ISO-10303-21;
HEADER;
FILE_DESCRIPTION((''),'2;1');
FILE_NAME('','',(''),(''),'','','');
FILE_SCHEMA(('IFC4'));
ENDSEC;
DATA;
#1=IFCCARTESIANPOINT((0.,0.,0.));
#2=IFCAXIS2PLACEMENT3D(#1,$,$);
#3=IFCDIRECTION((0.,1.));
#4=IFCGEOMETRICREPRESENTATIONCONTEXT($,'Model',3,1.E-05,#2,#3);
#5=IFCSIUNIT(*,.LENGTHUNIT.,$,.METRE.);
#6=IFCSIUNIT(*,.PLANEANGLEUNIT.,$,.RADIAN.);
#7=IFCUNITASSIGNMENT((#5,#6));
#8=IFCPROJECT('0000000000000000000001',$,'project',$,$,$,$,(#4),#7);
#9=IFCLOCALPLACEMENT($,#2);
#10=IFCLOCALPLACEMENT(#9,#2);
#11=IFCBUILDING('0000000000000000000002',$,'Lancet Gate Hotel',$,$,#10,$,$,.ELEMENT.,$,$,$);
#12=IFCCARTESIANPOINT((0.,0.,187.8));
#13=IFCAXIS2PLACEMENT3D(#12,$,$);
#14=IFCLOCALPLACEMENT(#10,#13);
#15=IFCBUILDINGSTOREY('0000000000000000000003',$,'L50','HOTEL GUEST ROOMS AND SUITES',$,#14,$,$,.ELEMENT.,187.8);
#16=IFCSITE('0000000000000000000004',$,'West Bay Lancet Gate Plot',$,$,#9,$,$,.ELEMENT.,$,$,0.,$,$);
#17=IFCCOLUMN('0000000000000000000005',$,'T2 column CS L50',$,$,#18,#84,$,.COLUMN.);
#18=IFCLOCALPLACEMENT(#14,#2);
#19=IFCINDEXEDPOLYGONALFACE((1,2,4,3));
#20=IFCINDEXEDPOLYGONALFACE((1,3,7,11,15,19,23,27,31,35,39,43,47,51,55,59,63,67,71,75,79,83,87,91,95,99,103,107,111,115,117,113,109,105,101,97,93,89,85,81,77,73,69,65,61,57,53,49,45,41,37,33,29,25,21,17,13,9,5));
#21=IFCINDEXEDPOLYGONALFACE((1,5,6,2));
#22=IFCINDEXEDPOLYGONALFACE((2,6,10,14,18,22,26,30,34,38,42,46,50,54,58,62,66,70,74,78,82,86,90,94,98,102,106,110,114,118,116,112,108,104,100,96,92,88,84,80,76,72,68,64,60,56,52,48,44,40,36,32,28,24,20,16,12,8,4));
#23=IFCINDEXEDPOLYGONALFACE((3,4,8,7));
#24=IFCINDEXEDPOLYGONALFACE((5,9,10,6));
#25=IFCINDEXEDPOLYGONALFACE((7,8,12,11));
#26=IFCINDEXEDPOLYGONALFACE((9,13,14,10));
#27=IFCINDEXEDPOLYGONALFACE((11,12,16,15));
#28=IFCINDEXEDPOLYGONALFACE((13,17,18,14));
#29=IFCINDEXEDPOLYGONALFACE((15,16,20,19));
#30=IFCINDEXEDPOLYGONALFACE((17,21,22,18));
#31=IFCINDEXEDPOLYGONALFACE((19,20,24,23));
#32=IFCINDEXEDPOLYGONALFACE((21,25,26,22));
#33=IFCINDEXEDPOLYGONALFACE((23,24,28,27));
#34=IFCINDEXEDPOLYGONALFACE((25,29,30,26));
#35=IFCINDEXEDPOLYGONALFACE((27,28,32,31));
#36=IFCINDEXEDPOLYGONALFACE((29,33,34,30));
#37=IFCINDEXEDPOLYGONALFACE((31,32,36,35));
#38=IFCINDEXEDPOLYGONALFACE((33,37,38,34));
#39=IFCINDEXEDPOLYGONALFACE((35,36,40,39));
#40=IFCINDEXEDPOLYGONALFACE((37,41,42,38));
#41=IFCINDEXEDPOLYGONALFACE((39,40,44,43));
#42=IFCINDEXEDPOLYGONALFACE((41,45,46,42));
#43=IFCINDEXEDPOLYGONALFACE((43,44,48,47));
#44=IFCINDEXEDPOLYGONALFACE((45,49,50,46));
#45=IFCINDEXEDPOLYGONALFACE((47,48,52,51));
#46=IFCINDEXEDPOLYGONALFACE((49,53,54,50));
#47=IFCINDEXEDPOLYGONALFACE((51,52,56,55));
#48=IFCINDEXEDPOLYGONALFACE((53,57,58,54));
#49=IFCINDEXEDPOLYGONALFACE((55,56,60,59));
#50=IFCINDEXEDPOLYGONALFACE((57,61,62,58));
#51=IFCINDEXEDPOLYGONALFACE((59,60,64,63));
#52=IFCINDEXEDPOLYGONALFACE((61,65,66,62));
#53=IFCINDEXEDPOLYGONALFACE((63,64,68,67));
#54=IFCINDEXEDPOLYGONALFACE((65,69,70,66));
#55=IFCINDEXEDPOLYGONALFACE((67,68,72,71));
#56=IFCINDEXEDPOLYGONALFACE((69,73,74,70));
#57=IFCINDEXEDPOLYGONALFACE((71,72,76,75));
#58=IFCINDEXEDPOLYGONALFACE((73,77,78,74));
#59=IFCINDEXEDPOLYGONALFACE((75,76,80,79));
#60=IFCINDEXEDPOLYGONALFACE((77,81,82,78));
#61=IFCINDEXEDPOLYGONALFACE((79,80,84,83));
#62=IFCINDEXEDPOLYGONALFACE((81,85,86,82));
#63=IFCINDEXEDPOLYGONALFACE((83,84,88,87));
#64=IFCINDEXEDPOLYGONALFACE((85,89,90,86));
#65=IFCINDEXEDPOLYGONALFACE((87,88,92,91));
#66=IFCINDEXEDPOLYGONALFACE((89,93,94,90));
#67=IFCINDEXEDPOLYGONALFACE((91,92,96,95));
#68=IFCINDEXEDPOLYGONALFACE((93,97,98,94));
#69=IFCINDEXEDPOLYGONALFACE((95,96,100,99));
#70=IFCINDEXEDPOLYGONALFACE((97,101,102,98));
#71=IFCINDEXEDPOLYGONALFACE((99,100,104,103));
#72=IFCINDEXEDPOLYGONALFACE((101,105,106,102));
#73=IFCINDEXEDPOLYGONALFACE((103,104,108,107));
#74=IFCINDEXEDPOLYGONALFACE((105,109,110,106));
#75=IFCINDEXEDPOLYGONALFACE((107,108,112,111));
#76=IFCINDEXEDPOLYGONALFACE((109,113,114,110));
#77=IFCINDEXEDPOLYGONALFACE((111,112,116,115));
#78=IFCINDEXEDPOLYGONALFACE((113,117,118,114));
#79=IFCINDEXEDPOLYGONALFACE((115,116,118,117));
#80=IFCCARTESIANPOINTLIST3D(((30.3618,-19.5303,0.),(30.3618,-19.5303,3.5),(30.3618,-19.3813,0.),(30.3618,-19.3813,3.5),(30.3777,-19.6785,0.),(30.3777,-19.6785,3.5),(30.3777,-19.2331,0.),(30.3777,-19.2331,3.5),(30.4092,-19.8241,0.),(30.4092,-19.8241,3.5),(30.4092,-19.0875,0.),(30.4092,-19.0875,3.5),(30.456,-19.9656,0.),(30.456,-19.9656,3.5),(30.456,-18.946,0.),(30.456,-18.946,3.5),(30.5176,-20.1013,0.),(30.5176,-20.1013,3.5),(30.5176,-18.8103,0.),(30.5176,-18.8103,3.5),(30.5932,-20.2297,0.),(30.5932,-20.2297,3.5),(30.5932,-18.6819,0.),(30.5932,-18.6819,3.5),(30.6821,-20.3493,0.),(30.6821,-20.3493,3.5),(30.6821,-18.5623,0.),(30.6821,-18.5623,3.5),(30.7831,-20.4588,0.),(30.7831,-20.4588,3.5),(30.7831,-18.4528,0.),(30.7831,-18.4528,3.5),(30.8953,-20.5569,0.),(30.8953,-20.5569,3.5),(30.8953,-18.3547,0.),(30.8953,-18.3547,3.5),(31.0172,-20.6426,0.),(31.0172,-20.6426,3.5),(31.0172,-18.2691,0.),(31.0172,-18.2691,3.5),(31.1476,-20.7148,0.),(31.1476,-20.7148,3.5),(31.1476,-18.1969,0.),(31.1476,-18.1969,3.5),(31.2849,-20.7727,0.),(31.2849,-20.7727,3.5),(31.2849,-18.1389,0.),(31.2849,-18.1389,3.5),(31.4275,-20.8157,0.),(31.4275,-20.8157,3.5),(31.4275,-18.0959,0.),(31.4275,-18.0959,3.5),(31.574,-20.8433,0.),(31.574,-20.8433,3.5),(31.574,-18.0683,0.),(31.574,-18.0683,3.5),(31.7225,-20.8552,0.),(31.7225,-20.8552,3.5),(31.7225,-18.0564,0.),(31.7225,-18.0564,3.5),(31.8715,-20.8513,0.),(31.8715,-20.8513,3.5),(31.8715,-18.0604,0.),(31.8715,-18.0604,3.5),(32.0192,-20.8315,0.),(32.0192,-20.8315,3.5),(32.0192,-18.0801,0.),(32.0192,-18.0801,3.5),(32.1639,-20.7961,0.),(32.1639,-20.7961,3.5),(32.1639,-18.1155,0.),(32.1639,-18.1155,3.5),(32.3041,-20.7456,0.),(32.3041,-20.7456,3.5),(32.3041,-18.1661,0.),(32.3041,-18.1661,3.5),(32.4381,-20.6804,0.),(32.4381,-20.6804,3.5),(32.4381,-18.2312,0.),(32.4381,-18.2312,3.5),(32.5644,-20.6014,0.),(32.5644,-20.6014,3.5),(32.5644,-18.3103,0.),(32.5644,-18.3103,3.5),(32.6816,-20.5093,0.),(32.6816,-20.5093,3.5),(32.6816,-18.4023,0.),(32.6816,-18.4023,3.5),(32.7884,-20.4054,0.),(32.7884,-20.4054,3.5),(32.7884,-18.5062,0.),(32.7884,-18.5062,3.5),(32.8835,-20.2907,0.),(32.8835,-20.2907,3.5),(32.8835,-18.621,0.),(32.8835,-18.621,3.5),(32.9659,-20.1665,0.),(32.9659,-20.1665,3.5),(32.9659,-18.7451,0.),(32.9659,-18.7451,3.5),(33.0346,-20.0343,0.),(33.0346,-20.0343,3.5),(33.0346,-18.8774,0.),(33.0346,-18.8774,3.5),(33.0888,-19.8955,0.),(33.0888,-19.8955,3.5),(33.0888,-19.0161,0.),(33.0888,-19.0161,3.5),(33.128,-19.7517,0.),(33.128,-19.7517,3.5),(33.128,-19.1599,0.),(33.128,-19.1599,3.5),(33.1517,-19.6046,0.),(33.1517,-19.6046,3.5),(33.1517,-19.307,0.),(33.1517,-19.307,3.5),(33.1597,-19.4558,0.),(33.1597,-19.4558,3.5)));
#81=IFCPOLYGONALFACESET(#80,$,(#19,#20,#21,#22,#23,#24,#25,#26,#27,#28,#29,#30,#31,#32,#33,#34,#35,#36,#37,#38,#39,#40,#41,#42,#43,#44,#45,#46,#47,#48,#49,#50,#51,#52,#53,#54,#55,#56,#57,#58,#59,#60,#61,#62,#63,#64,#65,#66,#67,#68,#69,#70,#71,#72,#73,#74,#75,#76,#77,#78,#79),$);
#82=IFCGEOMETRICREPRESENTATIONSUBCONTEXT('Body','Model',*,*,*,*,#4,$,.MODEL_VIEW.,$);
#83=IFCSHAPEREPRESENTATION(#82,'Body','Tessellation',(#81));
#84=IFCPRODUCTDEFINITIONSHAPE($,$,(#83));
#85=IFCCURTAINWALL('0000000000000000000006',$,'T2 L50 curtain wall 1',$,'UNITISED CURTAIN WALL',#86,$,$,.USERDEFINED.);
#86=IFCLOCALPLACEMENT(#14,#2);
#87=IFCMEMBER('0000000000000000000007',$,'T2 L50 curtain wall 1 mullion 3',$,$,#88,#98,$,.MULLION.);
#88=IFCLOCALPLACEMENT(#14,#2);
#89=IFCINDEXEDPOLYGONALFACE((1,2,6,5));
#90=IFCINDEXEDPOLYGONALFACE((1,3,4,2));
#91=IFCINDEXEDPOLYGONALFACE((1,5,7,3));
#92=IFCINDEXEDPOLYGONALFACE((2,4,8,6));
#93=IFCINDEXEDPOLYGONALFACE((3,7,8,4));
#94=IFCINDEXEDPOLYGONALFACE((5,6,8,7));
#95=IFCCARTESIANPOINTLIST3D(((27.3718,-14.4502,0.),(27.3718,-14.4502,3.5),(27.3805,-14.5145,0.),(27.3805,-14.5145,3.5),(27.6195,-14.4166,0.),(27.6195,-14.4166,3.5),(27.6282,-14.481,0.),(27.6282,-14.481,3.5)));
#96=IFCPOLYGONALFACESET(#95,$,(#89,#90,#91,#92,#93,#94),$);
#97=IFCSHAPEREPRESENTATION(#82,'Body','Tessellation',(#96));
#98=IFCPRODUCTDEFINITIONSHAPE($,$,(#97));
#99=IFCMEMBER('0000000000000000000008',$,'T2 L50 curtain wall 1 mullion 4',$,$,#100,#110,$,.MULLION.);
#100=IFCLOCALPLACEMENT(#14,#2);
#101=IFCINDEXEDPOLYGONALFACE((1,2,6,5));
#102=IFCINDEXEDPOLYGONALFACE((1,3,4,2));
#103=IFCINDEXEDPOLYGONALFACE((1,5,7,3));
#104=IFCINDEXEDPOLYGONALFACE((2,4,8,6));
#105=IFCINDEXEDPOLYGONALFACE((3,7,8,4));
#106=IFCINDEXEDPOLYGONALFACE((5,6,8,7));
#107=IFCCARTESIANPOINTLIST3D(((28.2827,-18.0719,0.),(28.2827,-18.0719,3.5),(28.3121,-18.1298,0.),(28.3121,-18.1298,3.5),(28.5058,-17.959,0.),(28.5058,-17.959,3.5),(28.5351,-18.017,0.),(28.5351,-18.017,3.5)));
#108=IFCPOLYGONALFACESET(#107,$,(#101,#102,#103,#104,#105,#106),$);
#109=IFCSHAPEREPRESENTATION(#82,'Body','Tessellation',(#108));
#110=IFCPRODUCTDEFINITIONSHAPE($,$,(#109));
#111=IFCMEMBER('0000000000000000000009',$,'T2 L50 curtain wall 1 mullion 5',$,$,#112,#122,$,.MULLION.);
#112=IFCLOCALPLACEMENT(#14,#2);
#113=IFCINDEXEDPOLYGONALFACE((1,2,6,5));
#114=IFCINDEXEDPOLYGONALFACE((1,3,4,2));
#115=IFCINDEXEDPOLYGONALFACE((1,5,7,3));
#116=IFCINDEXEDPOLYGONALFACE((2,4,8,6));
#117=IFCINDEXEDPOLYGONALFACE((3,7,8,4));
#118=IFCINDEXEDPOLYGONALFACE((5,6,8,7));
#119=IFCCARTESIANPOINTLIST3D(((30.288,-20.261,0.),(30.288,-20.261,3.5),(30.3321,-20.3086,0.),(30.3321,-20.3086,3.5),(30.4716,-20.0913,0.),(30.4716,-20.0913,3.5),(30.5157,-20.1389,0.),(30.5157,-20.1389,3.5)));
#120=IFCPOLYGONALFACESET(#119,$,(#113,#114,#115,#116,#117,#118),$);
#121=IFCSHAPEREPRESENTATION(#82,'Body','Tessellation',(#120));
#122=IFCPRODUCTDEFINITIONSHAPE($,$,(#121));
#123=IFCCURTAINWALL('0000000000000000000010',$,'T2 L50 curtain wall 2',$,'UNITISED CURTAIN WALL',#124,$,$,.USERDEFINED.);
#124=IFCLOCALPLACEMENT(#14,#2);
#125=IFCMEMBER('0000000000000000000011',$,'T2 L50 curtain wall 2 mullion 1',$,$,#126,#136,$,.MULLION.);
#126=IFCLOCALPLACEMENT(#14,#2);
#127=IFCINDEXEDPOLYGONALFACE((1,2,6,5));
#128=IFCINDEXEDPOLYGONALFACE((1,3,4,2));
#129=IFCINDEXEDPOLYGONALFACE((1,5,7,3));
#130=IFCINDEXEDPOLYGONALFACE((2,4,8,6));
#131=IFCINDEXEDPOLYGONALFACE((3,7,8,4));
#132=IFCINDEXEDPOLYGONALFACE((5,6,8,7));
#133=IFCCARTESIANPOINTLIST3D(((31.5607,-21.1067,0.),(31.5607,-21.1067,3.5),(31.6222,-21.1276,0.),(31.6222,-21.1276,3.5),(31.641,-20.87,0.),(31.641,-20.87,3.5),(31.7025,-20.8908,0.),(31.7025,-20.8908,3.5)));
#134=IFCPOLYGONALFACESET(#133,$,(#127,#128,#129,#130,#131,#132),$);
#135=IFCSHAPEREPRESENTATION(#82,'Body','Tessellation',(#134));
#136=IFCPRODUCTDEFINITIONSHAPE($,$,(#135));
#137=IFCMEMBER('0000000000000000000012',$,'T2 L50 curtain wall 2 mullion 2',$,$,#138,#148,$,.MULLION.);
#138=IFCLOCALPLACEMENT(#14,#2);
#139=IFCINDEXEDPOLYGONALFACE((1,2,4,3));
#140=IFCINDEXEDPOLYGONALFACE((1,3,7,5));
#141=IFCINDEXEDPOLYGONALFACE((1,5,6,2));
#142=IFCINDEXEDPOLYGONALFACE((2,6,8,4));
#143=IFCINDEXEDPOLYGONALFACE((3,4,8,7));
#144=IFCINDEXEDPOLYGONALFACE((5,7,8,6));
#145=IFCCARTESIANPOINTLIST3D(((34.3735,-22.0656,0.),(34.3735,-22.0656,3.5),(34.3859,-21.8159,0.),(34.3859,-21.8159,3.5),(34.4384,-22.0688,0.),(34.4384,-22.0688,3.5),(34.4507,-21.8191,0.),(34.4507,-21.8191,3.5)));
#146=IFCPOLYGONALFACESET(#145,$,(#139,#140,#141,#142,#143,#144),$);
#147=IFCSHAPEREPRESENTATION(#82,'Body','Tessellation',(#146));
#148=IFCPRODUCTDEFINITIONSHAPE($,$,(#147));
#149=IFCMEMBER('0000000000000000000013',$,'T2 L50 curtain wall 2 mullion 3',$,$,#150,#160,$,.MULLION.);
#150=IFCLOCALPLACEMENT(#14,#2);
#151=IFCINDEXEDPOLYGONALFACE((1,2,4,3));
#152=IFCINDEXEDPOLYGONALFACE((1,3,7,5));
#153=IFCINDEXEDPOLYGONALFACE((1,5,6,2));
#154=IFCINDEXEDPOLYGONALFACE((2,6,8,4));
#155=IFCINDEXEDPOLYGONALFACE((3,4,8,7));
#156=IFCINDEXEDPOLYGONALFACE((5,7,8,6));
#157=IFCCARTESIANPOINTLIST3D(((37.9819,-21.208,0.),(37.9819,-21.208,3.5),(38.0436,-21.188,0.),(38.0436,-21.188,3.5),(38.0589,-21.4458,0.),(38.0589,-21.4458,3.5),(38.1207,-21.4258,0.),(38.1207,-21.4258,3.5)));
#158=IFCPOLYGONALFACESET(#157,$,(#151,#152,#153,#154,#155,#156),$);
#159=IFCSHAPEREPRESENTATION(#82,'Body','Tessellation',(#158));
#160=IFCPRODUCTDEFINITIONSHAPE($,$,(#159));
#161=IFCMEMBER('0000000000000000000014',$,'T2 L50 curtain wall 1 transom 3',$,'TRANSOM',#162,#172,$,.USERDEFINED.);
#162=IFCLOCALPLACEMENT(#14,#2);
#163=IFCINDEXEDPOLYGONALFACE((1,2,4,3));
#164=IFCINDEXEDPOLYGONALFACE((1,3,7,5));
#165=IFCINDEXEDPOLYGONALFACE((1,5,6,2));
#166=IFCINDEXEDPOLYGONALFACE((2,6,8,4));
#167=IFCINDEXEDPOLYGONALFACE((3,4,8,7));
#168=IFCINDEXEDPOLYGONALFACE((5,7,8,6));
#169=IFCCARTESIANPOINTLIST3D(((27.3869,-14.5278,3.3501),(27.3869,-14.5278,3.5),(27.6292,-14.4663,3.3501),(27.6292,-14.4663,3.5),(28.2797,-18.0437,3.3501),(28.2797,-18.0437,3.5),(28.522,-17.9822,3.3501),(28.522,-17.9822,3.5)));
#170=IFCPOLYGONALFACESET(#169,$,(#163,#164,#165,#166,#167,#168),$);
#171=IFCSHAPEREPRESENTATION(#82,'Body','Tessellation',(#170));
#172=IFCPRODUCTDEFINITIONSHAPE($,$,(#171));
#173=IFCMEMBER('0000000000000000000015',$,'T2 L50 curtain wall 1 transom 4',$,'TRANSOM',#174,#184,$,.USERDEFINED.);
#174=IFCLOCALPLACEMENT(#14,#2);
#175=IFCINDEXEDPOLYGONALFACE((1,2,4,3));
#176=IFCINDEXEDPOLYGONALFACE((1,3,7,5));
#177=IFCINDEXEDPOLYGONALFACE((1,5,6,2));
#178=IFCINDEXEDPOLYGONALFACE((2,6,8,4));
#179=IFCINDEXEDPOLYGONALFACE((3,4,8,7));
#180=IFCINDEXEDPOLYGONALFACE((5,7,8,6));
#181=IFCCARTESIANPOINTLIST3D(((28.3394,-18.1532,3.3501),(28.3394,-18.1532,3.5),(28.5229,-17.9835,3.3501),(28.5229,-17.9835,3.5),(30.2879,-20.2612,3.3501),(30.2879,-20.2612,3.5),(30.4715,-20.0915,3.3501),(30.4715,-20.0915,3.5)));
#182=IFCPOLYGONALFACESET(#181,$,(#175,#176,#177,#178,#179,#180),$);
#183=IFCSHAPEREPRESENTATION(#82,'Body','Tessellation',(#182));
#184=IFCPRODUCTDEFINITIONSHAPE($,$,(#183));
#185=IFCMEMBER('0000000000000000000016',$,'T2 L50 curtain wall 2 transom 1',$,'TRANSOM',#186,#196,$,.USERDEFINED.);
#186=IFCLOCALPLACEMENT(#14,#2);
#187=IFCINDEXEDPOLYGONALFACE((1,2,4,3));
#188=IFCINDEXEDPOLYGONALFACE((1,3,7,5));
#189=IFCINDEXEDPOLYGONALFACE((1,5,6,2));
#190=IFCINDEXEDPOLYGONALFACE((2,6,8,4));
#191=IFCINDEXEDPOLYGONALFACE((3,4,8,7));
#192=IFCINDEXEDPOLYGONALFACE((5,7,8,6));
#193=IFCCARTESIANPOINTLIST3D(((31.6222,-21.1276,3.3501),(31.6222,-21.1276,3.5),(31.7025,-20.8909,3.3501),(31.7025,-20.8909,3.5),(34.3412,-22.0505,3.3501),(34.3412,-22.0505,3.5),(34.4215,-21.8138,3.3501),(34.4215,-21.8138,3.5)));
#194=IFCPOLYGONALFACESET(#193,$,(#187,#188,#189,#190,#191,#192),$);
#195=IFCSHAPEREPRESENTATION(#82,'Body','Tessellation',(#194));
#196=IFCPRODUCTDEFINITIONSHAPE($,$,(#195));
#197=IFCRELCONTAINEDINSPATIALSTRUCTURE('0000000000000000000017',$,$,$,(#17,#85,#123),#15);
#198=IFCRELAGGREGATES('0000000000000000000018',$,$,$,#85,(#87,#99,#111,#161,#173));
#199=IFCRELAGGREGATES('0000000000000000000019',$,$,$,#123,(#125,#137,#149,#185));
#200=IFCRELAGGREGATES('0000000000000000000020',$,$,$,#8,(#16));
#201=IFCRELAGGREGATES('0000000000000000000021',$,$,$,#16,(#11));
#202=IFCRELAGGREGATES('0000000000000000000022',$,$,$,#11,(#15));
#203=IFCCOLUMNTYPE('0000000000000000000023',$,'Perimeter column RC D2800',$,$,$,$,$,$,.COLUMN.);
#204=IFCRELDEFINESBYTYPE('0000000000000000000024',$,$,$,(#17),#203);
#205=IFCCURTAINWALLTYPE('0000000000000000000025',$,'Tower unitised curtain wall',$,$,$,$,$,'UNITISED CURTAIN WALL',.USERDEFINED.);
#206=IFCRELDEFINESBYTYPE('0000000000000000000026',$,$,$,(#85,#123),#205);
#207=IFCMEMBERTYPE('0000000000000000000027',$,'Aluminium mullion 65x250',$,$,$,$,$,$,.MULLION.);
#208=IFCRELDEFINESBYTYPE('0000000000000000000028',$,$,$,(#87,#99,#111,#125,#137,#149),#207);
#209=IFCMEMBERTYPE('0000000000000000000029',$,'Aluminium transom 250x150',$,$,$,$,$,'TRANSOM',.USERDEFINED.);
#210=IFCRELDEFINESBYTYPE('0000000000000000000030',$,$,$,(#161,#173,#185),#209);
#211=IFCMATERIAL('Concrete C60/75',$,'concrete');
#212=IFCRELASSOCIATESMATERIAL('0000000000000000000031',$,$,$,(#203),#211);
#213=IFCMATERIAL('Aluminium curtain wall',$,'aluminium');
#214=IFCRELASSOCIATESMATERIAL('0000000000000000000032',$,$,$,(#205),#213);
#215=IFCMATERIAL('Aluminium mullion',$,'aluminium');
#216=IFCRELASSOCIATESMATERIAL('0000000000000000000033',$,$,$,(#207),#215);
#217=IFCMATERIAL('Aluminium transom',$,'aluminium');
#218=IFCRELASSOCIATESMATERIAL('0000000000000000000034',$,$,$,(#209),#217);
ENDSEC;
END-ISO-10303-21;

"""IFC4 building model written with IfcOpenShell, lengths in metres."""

from ifc_helpers import new_model, si_unit, direction, frame, origin, origin_2d, place, context, subcontext, project, spatial, rectangle, circle, extrude, material, material_profile, profile_set, type_object, element, aggregate, save


model = new_model("IFC4")

# Units and contexts
model_context = context("Model", 3, precision=1e-05, world=origin(), true_north=direction((0.0, 1.0)))
body_context = subcontext(model_context, "Body", "Model", "MODEL_VIEW")
ifc_project = project(units=[si_unit("LENGTHUNIT", "METRE"), si_unit("PLANEANGLEUNIT", "RADIAN")], contexts=[model_context])

# Site, building, storey
site_placement = place(None, origin())
site = spatial("IfcSite", under=ifc_project, at=site_placement, Name="West Bay Lancet Gate Plot", CompositionType="ELEMENT", RefElevation=0.0)
building_placement = place(site_placement, origin())
building = spatial("IfcBuilding", under=site, at=building_placement, Name="Lancet Gate Hotel", CompositionType="ELEMENT")
storey_placement = place(building_placement, frame((0.0, 0.0, 187.8)))
storey = spatial("IfcBuildingStorey", under=building, at=storey_placement, Name="L50", Description="HOTEL GUEST ROOMS AND SUITES", CompositionType="ELEMENT", Elevation=187.8)

# Column
ifc_material_1 = material(Name="Concrete C60/75", Category="concrete")
ifc_material_profile_1 = material_profile(ifc_material_1, circle(Radius=1.3999, at=origin_2d()), Name="RC D2800")
ifc_profile_set_1 = profile_set([ifc_material_profile_1], Name="Concrete C60/75")
column_type = type_object("IfcColumnType", Name="Perimeter column RC D2800", PredefinedType="COLUMN", material=ifc_profile_set_1)
column_placement = place(storey_placement, frame((31.7598, -19.4558, 0.0), z_axis=(0.0, 0.0, 1.0), x_axis=(1.0, 0.0, 0.0)))
element("IfcColumn", 1, at=column_placement, inside=storey, type_object=column_type, Name="T2 column CS L50", PredefinedType="COLUMN", context=body_context, shape_type="SweptSolid", body=[
    extrude(circle(Radius=1.3999, at=origin_2d()), origin(), (0.0, 0.0, 1.0), 3.5),
])

# Curtain walls, members
ifc_material_2 = material(Name="Aluminium curtain wall", Category="aluminium")
curtain_wall_type = type_object("IfcCurtainWallType", Name="Tower unitised curtain wall", ElementType="UNITISED CURTAIN WALL", PredefinedType="USERDEFINED", material=ifc_material_2)
curtain_wall_1_placement = place(storey_placement, origin())
curtain_wall_1 = element("IfcCurtainWall", 2, at=curtain_wall_1_placement, inside=storey, type_object=curtain_wall_type, Name="T2 L50 curtain wall 1", ObjectType="UNITISED CURTAIN WALL", PredefinedType="USERDEFINED")
ifc_material_3 = material(Name="Aluminium mullion", Category="aluminium")
ifc_material_profile_2 = material_profile(ifc_material_3, rectangle(XDim=0.0649, YDim=0.25, at=origin_2d()), Name="MULLION 65x250")
ifc_profile_set_2 = profile_set([ifc_material_profile_2], Name="Aluminium mullion")
member_type_1 = type_object("IfcMemberType", Name="Aluminium mullion 65x250", PredefinedType="MULLION", material=ifc_profile_set_2)
member_1_placement = place(storey_placement, frame((27.5, -14.4656, 0.0), z_axis=(0.0, 0.0, 1.0), x_axis=(0.134207, -0.990953, 0.0)))
member_1 = element("IfcMember", 3, at=member_1_placement, type_object=member_type_1, Name="T2 L50 curtain wall 1 mullion 3", PredefinedType="MULLION", context=body_context, shape_type="SweptSolid", body=[
    extrude(rectangle(XDim=0.0649, YDim=0.25, at=origin_2d()), origin(), (0.0, 0.0, 1.0), 3.5),
])
member_2_placement = place(storey_placement, frame((28.4089, -18.0444, 0.0), z_axis=(0.0, 0.0, 1.0), x_axis=(0.451506, -0.892268, 0.0)))
member_2 = element("IfcMember", 4, at=member_2_placement, type_object=member_type_1, Name="T2 L50 curtain wall 1 mullion 4", PredefinedType="MULLION", context=body_context, shape_type="SweptSolid", body=[
    extrude(rectangle(XDim=0.0649, YDim=0.25, at=origin_2d()), origin(), (0.0, 0.0, 1.0), 3.5),
])
member_3_placement = place(storey_placement, frame((30.4019, -20.2, 0.0), z_axis=(0.0, 0.0, 1.0), x_axis=(0.678831, -0.734294, 0.0)))
member_3 = element("IfcMember", 5, at=member_3_placement, type_object=member_type_1, Name="T2 L50 curtain wall 1 mullion 5", PredefinedType="MULLION", context=body_context, shape_type="SweptSolid", body=[
    extrude(rectangle(XDim=0.0649, YDim=0.25, at=origin_2d()), origin(), (0.0, 0.0, 1.0), 3.5),
])
curtain_wall_2_placement = place(storey_placement, origin())
curtain_wall_2 = element("IfcCurtainWall", 6, at=curtain_wall_2_placement, inside=storey, type_object=curtain_wall_type, Name="T2 L50 curtain wall 2", ObjectType="UNITISED CURTAIN WALL", PredefinedType="USERDEFINED")
member_4_placement = place(storey_placement, frame((31.6316, -20.9988, 0.0), z_axis=(0.0, 0.0, 1.0), x_axis=(0.946952, -0.321374, 0.0)))
member_4 = element("IfcMember", 7, at=member_4_placement, type_object=member_type_1, Name="T2 L50 curtain wall 2 mullion 1", PredefinedType="MULLION", context=body_context, shape_type="SweptSolid", body=[
    extrude(rectangle(XDim=0.0649, YDim=0.25, at=origin_2d()), origin(), (0.0, 0.0, 1.0), 3.5),
])
member_5_placement = place(storey_placement, frame((34.4121, -21.9424, 0.0), z_axis=(0.0, 0.0, 1.0), x_axis=(0.998776, -0.049471, 0.0)))
member_5 = element("IfcMember", 8, at=member_5_placement, type_object=member_type_1, Name="T2 L50 curtain wall 2 mullion 2", PredefinedType="MULLION", context=body_context, shape_type="SweptSolid", body=[
    extrude(rectangle(XDim=0.0649, YDim=0.25, at=origin_2d()), origin(), (0.0, 0.0, 1.0), 3.5),
])
member_6_placement = place(storey_placement, frame((38.0513, -21.3169, 0.0), z_axis=(0.0, 0.0, 1.0), x_axis=(0.951355, 0.308095, 0.0)))
member_6 = element("IfcMember", 9, at=member_6_placement, type_object=member_type_1, Name="T2 L50 curtain wall 2 mullion 3", PredefinedType="MULLION", context=body_context, shape_type="SweptSolid", body=[
    extrude(rectangle(XDim=0.0649, YDim=0.25, at=origin_2d()), origin(), (0.0, 0.0, 1.0), 3.5),
])

# Members
ifc_material_4 = material(Name="Aluminium transom", Category="aluminium")
ifc_material_profile_3 = material_profile(ifc_material_4, rectangle(XDim=0.25, YDim=0.1499, at=origin_2d()), Name="TRANSOM 250x150")
ifc_profile_set_3 = profile_set([ifc_material_profile_3], Name="Aluminium transom")
member_type_2 = type_object("IfcMemberType", Name="Aluminium transom 250x150", ElementType="TRANSOM", PredefinedType="USERDEFINED", material=ifc_profile_set_3)
member_7_placement = place(storey_placement, frame((27.5081, -14.4971, 3.425), z_axis=(0.246129, -0.969237, 0.0), x_axis=(0.969237, 0.246129, 0.0)))
member_7 = element("IfcMember", 10, at=member_7_placement, type_object=member_type_2, Name="T2 L50 curtain wall 1 transom 3", ObjectType="TRANSOM", PredefinedType="USERDEFINED", context=body_context, shape_type="SweptSolid", body=[
    extrude(rectangle(XDim=0.25, YDim=0.1499, at=origin_2d()), origin(), (0.0, 0.0, 1.0), 3.6274),
])
member_8_placement = place(storey_placement, frame((28.4312, -18.0684, 3.425), z_axis=(0.678792, -0.73433, 0.0), x_axis=(0.73433, 0.678792, 0.0)))
member_8 = element("IfcMember", 11, at=member_8_placement, type_object=member_type_2, Name="T2 L50 curtain wall 1 transom 4", ObjectType="TRANSOM", PredefinedType="USERDEFINED", context=body_context, shape_type="SweptSolid", body=[
    extrude(rectangle(XDim=0.25, YDim=0.1499, at=origin_2d()), origin(), (0.0, 0.0, 1.0), 2.8706),
])
member_9_placement = place(storey_placement, frame((31.6624, -21.0093, 3.425), z_axis=(0.946943, -0.321401, 0.0), x_axis=(0.321401, 0.946943, 0.0)))
member_9 = element("IfcMember", 12, at=member_9_placement, type_object=member_type_2, Name="T2 L50 curtain wall 2 transom 1", ObjectType="TRANSOM", PredefinedType="USERDEFINED", context=body_context, shape_type="SweptSolid", body=[
    extrude(rectangle(XDim=0.25, YDim=0.1499, at=origin_2d()), origin(), (0.0, 0.0, 1.0), 2.8713),
])

aggregate(curtain_wall_1, [member_1, member_2, member_3, member_7, member_8])
aggregate(curtain_wall_2, [member_4, member_5, member_6, member_9])

save(model, "model.ifc")
